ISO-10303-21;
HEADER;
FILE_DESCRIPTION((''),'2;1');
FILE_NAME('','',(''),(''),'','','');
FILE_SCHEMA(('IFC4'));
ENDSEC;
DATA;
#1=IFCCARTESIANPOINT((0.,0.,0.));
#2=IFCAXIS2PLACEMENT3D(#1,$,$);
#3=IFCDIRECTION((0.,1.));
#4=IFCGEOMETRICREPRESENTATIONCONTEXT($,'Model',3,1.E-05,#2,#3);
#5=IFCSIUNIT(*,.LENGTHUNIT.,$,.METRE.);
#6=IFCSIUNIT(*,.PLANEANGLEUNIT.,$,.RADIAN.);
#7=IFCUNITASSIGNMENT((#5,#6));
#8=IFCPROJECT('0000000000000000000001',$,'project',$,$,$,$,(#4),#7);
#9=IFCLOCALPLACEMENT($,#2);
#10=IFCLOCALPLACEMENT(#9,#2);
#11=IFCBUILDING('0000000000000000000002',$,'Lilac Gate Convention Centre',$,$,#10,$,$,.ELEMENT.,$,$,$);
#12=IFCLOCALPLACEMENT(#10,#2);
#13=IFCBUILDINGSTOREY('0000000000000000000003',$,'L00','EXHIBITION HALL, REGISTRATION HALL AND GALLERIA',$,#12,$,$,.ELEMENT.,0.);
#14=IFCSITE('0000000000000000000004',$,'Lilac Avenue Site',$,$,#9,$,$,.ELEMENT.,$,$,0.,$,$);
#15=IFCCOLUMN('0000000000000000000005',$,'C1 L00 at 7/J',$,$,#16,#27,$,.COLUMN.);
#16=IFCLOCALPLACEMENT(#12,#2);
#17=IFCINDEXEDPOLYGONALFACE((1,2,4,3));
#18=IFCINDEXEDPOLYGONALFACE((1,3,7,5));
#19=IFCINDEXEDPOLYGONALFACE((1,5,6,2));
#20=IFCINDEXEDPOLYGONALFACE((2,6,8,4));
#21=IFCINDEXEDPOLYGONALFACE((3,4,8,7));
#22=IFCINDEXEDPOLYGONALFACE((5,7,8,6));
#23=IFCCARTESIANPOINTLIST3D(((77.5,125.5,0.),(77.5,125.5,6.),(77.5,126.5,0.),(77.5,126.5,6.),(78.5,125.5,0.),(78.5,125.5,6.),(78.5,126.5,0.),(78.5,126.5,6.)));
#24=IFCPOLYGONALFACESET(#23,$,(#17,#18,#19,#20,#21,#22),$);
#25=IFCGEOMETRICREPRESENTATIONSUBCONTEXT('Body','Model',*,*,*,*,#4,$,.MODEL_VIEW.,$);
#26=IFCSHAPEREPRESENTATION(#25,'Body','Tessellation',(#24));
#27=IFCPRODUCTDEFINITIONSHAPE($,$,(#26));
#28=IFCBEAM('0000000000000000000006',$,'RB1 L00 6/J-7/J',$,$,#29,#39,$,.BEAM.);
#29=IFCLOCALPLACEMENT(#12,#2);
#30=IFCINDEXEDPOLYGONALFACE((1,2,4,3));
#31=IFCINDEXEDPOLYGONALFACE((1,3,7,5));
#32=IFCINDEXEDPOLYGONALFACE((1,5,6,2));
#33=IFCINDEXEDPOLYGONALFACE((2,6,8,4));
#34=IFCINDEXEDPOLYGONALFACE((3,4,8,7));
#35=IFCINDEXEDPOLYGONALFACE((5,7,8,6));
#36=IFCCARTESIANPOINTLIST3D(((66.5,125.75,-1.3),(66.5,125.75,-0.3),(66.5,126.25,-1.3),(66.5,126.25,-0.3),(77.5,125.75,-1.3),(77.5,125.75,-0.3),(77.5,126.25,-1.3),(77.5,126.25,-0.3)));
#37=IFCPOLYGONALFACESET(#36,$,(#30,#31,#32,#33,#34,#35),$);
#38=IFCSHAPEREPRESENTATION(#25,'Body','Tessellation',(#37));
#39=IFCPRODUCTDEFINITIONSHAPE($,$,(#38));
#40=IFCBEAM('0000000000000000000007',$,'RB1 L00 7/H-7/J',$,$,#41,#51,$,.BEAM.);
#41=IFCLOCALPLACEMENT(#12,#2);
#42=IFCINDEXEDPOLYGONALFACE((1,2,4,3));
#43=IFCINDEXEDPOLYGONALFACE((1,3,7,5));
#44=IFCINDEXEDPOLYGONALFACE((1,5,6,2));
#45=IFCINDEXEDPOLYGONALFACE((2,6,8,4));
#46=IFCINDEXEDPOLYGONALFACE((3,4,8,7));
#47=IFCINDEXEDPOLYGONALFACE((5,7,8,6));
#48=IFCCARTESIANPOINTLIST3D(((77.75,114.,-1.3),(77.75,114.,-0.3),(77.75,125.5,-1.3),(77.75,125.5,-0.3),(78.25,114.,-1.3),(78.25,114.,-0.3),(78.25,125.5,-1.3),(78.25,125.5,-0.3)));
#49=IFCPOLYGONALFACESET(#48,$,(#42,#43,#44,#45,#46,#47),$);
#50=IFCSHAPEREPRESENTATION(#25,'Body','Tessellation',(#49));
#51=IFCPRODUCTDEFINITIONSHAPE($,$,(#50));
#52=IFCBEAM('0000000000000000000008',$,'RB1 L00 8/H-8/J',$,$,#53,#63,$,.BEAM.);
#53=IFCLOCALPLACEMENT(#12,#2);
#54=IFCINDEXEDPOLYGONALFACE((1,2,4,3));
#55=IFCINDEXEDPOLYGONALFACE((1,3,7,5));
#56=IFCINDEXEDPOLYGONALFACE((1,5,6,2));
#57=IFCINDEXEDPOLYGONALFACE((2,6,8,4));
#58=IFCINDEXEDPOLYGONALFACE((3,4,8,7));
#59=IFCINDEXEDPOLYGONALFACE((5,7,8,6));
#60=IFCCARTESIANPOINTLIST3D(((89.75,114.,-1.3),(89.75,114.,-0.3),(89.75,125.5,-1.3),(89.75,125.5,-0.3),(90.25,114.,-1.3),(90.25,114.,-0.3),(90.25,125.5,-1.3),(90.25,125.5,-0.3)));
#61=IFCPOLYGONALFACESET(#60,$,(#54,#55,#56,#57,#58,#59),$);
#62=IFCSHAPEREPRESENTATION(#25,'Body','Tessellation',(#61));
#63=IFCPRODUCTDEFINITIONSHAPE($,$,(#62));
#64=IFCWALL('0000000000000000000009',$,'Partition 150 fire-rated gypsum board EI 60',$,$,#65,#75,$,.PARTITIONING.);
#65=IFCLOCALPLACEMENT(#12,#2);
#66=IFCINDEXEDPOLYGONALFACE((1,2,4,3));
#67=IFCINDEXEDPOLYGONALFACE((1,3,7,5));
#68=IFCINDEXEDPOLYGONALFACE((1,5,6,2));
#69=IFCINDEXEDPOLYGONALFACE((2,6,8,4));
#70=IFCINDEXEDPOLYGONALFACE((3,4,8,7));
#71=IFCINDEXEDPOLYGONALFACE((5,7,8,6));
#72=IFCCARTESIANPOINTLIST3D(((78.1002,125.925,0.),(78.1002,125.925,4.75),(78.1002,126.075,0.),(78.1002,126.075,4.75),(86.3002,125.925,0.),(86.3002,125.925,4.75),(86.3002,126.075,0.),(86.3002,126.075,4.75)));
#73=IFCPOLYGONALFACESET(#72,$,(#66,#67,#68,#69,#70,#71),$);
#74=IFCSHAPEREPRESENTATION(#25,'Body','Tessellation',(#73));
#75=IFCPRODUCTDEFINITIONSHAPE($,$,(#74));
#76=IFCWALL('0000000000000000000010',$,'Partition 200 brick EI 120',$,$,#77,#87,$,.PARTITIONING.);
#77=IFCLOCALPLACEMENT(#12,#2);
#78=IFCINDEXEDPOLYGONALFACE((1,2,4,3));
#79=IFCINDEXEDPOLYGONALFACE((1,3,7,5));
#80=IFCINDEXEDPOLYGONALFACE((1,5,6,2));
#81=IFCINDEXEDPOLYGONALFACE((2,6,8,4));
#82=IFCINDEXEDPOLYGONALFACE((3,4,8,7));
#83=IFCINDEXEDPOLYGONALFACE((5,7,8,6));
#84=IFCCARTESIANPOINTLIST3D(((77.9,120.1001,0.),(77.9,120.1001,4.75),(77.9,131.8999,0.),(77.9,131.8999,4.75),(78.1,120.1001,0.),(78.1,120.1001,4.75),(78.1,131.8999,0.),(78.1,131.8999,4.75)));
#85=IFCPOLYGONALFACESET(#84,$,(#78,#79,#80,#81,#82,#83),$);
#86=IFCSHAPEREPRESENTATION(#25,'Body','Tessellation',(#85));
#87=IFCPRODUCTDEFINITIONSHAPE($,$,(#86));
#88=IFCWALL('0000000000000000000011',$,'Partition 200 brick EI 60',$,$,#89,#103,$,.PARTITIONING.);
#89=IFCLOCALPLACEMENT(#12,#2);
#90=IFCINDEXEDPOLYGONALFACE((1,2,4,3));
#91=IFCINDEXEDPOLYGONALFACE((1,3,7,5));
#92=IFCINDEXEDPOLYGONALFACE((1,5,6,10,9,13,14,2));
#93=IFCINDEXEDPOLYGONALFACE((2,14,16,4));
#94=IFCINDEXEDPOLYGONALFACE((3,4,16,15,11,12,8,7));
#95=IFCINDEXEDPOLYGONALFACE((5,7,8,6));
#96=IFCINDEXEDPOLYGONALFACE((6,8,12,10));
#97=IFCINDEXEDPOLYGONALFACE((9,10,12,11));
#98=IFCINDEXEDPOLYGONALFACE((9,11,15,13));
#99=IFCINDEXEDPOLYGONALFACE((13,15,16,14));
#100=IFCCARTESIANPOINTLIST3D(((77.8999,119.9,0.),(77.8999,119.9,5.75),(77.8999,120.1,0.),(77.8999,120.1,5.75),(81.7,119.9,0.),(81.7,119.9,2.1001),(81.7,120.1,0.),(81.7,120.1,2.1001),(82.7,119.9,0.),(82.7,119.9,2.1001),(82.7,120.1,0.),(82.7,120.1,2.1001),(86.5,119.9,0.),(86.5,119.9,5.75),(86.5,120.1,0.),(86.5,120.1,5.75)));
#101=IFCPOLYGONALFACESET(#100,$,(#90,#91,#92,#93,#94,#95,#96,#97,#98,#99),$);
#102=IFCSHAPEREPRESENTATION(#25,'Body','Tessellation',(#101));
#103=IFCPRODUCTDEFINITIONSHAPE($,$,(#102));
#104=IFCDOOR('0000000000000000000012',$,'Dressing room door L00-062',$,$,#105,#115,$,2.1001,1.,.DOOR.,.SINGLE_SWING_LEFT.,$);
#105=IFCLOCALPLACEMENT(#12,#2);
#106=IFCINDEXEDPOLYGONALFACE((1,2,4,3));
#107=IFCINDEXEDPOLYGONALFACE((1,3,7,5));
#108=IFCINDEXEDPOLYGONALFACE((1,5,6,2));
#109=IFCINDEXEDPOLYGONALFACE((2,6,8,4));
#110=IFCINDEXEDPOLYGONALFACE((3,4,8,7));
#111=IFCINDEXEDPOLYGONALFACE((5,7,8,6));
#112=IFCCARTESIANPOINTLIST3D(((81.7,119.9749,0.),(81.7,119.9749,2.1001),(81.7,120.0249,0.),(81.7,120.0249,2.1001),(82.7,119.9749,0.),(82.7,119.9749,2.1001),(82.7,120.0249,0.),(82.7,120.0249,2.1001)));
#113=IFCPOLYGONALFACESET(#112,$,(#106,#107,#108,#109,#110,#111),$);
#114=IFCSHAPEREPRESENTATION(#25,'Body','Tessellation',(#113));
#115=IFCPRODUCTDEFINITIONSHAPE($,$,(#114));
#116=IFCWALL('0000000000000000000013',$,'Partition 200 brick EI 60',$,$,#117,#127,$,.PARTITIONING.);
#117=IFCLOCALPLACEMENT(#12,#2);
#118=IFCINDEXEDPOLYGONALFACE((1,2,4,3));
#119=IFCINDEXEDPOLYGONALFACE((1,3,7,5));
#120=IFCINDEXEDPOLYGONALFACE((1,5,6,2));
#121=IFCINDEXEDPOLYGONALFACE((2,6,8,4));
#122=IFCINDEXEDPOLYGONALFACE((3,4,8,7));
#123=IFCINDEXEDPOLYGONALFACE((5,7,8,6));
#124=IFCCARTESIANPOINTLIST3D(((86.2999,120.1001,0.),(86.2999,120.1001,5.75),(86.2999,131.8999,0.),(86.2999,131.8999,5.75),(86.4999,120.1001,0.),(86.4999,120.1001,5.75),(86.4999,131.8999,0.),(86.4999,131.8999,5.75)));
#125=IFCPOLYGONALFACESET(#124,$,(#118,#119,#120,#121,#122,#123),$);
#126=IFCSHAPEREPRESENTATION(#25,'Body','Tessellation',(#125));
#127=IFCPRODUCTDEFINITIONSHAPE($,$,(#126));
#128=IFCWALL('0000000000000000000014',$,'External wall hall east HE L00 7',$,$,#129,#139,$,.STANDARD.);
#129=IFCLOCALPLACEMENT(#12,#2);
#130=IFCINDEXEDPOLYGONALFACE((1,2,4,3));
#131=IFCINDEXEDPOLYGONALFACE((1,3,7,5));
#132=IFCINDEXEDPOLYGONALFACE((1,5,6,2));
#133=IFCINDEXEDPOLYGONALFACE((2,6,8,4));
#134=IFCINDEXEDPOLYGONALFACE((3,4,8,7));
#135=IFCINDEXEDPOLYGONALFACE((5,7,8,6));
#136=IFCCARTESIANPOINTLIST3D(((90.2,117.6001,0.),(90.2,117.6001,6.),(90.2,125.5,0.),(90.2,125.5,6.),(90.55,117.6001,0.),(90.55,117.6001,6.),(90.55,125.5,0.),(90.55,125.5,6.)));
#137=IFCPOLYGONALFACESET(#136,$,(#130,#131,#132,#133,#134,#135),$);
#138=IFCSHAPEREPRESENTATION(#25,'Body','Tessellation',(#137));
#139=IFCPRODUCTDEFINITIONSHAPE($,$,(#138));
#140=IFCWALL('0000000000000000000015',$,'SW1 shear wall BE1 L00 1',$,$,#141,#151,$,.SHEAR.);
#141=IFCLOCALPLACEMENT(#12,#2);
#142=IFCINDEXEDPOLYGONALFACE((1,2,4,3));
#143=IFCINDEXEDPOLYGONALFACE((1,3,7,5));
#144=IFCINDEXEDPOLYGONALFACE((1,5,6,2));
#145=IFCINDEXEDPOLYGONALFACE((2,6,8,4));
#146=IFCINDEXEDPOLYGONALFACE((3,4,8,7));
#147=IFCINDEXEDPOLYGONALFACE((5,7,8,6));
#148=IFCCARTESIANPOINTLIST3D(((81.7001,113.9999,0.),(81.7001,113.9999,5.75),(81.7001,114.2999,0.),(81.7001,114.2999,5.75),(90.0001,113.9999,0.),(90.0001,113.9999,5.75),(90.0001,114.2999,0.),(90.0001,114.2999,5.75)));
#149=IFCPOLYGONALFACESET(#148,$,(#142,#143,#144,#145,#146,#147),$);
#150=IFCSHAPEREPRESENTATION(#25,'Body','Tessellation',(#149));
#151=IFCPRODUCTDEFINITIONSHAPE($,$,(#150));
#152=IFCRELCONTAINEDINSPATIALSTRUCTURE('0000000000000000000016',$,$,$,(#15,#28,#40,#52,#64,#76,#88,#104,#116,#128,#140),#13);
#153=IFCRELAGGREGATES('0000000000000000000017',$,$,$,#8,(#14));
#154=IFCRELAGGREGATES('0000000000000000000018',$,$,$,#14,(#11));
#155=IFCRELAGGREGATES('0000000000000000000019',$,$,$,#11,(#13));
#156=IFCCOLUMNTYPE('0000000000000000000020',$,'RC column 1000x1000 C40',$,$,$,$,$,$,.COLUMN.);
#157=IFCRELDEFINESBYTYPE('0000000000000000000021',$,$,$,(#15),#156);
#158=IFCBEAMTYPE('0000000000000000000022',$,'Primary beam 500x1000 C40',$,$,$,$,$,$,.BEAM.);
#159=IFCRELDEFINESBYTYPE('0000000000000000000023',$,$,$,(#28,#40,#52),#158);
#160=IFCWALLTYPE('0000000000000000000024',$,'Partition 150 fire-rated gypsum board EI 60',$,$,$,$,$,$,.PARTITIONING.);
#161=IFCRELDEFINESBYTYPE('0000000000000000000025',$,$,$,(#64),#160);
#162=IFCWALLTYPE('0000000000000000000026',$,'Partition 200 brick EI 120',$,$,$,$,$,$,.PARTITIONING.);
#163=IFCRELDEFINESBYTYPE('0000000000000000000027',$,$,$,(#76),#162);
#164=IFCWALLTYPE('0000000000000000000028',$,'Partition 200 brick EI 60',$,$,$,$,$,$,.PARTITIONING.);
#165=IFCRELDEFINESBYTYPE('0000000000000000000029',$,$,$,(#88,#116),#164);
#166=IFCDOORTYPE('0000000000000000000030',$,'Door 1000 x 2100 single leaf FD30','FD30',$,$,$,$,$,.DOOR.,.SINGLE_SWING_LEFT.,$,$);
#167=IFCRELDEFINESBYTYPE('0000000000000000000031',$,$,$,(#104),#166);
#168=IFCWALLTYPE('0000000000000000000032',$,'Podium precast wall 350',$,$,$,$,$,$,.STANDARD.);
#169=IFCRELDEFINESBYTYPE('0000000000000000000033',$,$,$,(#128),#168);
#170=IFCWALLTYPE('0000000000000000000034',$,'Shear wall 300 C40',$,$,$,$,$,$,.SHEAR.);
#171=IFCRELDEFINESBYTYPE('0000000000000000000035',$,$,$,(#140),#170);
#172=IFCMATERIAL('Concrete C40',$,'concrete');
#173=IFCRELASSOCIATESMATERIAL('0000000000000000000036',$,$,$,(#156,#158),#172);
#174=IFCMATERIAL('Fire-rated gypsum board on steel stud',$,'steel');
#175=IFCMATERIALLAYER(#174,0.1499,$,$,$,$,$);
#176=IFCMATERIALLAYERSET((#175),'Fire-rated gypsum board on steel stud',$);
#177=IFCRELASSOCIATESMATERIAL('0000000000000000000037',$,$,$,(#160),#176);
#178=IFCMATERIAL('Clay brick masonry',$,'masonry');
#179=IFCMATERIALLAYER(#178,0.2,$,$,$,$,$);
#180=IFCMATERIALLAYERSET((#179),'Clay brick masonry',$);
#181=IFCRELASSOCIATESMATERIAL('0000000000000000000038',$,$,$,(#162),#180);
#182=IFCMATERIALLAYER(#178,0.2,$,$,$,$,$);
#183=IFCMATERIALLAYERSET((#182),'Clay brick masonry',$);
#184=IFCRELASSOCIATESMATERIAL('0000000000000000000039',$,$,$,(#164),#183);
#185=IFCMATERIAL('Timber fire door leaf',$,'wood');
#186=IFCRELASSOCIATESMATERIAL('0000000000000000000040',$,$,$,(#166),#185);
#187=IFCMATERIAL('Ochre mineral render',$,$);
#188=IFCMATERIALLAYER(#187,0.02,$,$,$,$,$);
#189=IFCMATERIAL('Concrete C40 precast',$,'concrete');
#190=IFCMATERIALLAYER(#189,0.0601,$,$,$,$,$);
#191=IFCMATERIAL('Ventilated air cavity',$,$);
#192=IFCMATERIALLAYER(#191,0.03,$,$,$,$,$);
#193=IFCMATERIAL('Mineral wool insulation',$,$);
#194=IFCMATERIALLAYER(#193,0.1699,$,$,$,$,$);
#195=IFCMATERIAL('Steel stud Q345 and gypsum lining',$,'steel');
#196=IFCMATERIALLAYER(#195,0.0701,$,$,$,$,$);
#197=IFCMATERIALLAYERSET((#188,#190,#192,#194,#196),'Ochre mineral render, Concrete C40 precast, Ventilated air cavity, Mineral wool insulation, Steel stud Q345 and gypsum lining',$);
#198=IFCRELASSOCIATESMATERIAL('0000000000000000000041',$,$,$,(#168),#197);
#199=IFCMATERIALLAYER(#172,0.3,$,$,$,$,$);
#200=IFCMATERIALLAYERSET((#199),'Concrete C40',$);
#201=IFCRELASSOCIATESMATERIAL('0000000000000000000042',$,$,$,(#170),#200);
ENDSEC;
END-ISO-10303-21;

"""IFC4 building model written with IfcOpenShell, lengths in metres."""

from ifc_helpers import new_model, si_unit, direction, frame, frame_2d, origin, origin_2d, place, context, subcontext, project, spatial, rectangle, extrude, material, layer, layer_set, material_profile, profile_set, type_object, element, fill, save


model = new_model("IFC4")

# Units and contexts
model_context = context("Model", 3, precision=1e-05, world=origin(), true_north=direction((0.0, 1.0)))
body_context = subcontext(model_context, "Body", "Model", "MODEL_VIEW")
ifc_project = project(units=[si_unit("LENGTHUNIT", "METRE"), si_unit("PLANEANGLEUNIT", "RADIAN")], contexts=[model_context])

# Site, building, storey
site_placement = place(None, origin())
site = spatial("IfcSite", under=ifc_project, at=site_placement, Name="Lilac Avenue Site", CompositionType="ELEMENT", RefElevation=0.0)
building_placement = place(site_placement, origin())
building = spatial("IfcBuilding", under=site, at=building_placement, Name="Lilac Gate Convention Centre", CompositionType="ELEMENT")
storey_placement = place(building_placement, origin())
storey = spatial("IfcBuildingStorey", under=building, at=storey_placement, Name="L00", Description="EXHIBITION HALL, REGISTRATION HALL AND GALLERIA", CompositionType="ELEMENT", Elevation=0.0)

# Column
ifc_material_1 = material(Name="Concrete C40", Category="concrete")
ifc_material_profile_1 = material_profile(ifc_material_1, rectangle(XDim=1.0, YDim=1.0, at=origin_2d()), Name="RC 1000x1000")
ifc_profile_set_1 = profile_set([ifc_material_profile_1], Name="Concrete C40")
column_type = type_object("IfcColumnType", Name="RC column 1000x1000 C40", PredefinedType="COLUMN", material=ifc_profile_set_1)
column_placement = place(storey_placement, frame((78.0, 126.0, 0.0), z_axis=(0.0, 0.0, 1.0), x_axis=(1.0, 0.0, 0.0)))
element("IfcColumn", 1, at=column_placement, inside=storey, type_object=column_type, Name="C1 L00 at 7/J", PredefinedType="COLUMN", context=body_context, shape_type="SweptSolid", body=[
    extrude(rectangle(XDim=1.0, YDim=1.0, at=origin_2d()), origin(), (0.0, 0.0, 1.0), 6.0),
])

# Beams
ifc_material_profile_2 = material_profile(ifc_material_1, rectangle(XDim=0.5, YDim=1.0, at=origin_2d()), Name="RC 500x1000")
ifc_profile_set_2 = profile_set([ifc_material_profile_2], Name="Concrete C40")
beam_type = type_object("IfcBeamType", Name="Primary beam 500x1000 C40", PredefinedType="BEAM", material=ifc_profile_set_2)
beam_placement = place(storey_placement, frame((66.5, 126.0, -0.8), z_axis=(1.0, 0.0, 0.0), x_axis=(0.0, 1.0, 0.0)))
element("IfcBeam", 2, at=beam_placement, inside=storey, type_object=beam_type, Name="RB1 L00 6/J-7/J", PredefinedType="BEAM", context=body_context, shape_type="SweptSolid", body=[
    extrude(rectangle(XDim=0.5, YDim=1.0, at=origin_2d()), origin(), (0.0, 0.0, 1.0), 11.0),
])
for number, where, z_axis, x_axis, name in (
    (3, (78.0, 114.0, -0.8), (0.0, 1.0, 0.0), (-1.0, 0.0, 0.0), "RB1 L00 7/H-7/J"),
    (4, (90.0, 114.0, -0.8), (0.0, 1.0, 0.0), (-1.0, 0.0, 0.0), "RB1 L00 8/H-8/J"),
):
    element("IfcBeam", number, at=place(storey_placement, frame(where, z_axis=z_axis, x_axis=x_axis)), inside=storey, type_object=beam_type, Name=name, PredefinedType="BEAM", context=body_context, shape_type="SweptSolid", body=[
        extrude(rectangle(XDim=0.5, YDim=1.0, at=origin_2d()), origin(), (0.0, 0.0, 1.0), 11.5),
    ])

# Walls
ifc_material_2 = material(Name="Fire-rated gypsum board on steel stud", Category="steel")
ifc_layer_1 = layer(ifc_material_2, 0.1499)
ifc_layer_set_1 = layer_set([ifc_layer_1], Name="Fire-rated gypsum board on steel stud")
wall_type_1 = type_object("IfcWallType", Name="Partition 150 fire-rated gypsum board EI 60", PredefinedType="PARTITIONING", material=ifc_layer_set_1)
wall_1_placement = place(storey_placement, frame((78.1001, 126.0, 0.0), z_axis=(0.0, 0.0, 1.0), x_axis=(1.0, 0.0, 0.0)))
element("IfcWall", 5, at=wall_1_placement, inside=storey, type_object=wall_type_1, Name="Partition 150 fire-rated gypsum board EI 60", PredefinedType="PARTITIONING", context=body_context, shape_type="SweptSolid", body=[
    extrude(rectangle(XDim=8.2, YDim=0.1499, at=frame_2d((4.1001, 0.0))), origin(), (0.0, 0.0, 1.0), 4.75),
])
ifc_material_3 = material(Name="Clay brick masonry", Category="masonry")
ifc_layer_2 = layer(ifc_material_3, 0.2)
ifc_layer_set_2 = layer_set([ifc_layer_2], Name="Clay brick masonry")
wall_type_2 = type_object("IfcWallType", Name="Partition 200 brick EI 120", PredefinedType="PARTITIONING", material=ifc_layer_set_2)
wall_2_placement = place(storey_placement, frame((78.0, 120.1001, 0.0), z_axis=(0.0, 0.0, 1.0), x_axis=(0.0, 1.0, 0.0)))
element("IfcWall", 6, at=wall_2_placement, inside=storey, type_object=wall_type_2, Name="Partition 200 brick EI 120", PredefinedType="PARTITIONING", context=body_context, shape_type="SweptSolid", body=[
    extrude(rectangle(XDim=11.7998, YDim=0.2, at=frame_2d((5.8999, 0.0))), origin(), (0.0, 0.0, 1.0), 4.75),
])

# Wall, opening, door
ifc_layer_3 = layer(ifc_material_3, 0.2)
ifc_layer_set_3 = layer_set([ifc_layer_3], Name="Clay brick masonry")
wall_type_3 = type_object("IfcWallType", Name="Partition 200 brick EI 60", PredefinedType="PARTITIONING", material=ifc_layer_set_3)
wall_3_placement = place(storey_placement, frame((77.8999, 120.0, 0.0), z_axis=(0.0, 0.0, 1.0), x_axis=(1.0, 0.0, 0.0)))
wall_3 = element("IfcWall", 7, at=wall_3_placement, inside=storey, type_object=wall_type_3, Name="Partition 200 brick EI 60", PredefinedType="PARTITIONING", context=body_context, shape_type="SweptSolid", body=[
    extrude(rectangle(XDim=8.6001, YDim=0.2, at=frame_2d((4.3, 0.0))), origin(), (0.0, 0.0, 1.0), 5.75),
])
opening_1_placement = place(wall_3_placement, frame((3.8, 0.0, 0.0)))
opening_1 = element("IfcOpeningElement", 8, at=opening_1_placement, cuts=wall_3, PredefinedType="OPENING", context=body_context, shape_type="SweptSolid", body=[
    extrude(rectangle(XDim=1.0, YDim=2.1001, at=frame_2d((0.5, 1.05))), frame((0.0, 0.1099, 0.0), z_axis=(0.0, -1.0, 0.0), x_axis=(1.0, 0.0, 0.0)), (0.0, 0.0, 1.0), 0.22),
])
ifc_material_4 = material(Name="Timber fire door leaf", Category="wood")
door_type_1 = type_object("IfcDoorType", Name="Door 1000 x 2100 single leaf FD30", Description="FD30", OperationType="SINGLE_SWING_LEFT", PredefinedType="DOOR", material=ifc_material_4)
door_1_placement = place(opening_1_placement, origin())
door_1 = element("IfcDoor", 9, at=door_1_placement, inside=storey, type_object=door_type_1, Name="Dressing room door L00-062", OperationType="SINGLE_SWING_LEFT", OverallHeight=2.1001, OverallWidth=1.0, PredefinedType="DOOR", context=body_context, shape_type="SweptSolid", body=[
    extrude(rectangle(XDim=1.0, YDim=2.1001, at=frame_2d((0.5, 1.05))), frame((0.0, 0.0249, 0.0), z_axis=(0.0, -1.0, 0.0), x_axis=(1.0, 0.0, 0.0)), (0.0, 0.0, 1.0), 0.05),
])
fill(opening_1, door_1)

# Walls
wall_4_placement = place(storey_placement, frame((86.3999, 120.1001, 0.0), z_axis=(0.0, 0.0, 1.0), x_axis=(0.0, 1.0, 0.0)))
element("IfcWall", 10, at=wall_4_placement, inside=storey, type_object=wall_type_3, Name="Partition 200 brick EI 60", PredefinedType="PARTITIONING", context=body_context, shape_type="SweptSolid", body=[
    extrude(rectangle(XDim=11.7998, YDim=0.2, at=frame_2d((5.8999, 0.0))), origin(), (0.0, 0.0, 1.0), 5.75),
])
ifc_material_5 = material(Name="Ochre mineral render")
ifc_layer_4 = layer(ifc_material_5, 0.02)
ifc_material_6 = material(Name="Concrete C40 precast", Category="concrete")
ifc_layer_5 = layer(ifc_material_6, 0.0601)
ifc_material_7 = material(Name="Ventilated air cavity")
ifc_layer_6 = layer(ifc_material_7, 0.03)
ifc_material_8 = material(Name="Mineral wool insulation")
ifc_layer_7 = layer(ifc_material_8, 0.1699)
ifc_material_9 = material(Name="Steel stud Q345 and gypsum lining", Category="steel")
ifc_layer_8 = layer(ifc_material_9, 0.0701)
ifc_layer_set_4 = layer_set([ifc_layer_4, ifc_layer_5, ifc_layer_6, ifc_layer_7, ifc_layer_8], Name="Ochre mineral render, Concrete C40 precast, Ventilated air cavity, Mineral wool insulation, Steel stud Q345 and gypsum lining")
wall_type_4 = type_object("IfcWallType", Name="Podium precast wall 350", PredefinedType="STANDARD", material=ifc_layer_set_4)
wall_5_placement = place(storey_placement, frame((90.375, 117.6001, 0.0), z_axis=(0.0, 0.0, 1.0), x_axis=(0.0, 1.0, 0.0)))
element("IfcWall", 11, at=wall_5_placement, inside=storey, type_object=wall_type_4, Name="External wall hall east HE L00 7", PredefinedType="STANDARD", context=body_context, shape_type="SweptSolid", body=[
    extrude(rectangle(XDim=7.8999, YDim=0.3501, at=frame_2d((3.95, 0.0))), origin(), (0.0, 0.0, 1.0), 6.0),
])
ifc_layer_9 = layer(ifc_material_1, 0.3)
ifc_layer_set_5 = layer_set([ifc_layer_9], Name="Concrete C40")
wall_type_5 = type_object("IfcWallType", Name="Shear wall 300 C40", PredefinedType="SHEAR", material=ifc_layer_set_5)
wall_6_placement = place(storey_placement, frame((90.0, 114.1499, 0.0), z_axis=(0.0, 0.0, 1.0), x_axis=(-1.0, 0.0, 0.0)))
element("IfcWall", 12, at=wall_6_placement, inside=storey, type_object=wall_type_5, Name="SW1 shear wall BE1 L00 1", PredefinedType="SHEAR", context=body_context, shape_type="SweptSolid", body=[
    extrude(rectangle(XDim=8.3, YDim=0.3, at=frame_2d((4.1499, 0.0))), origin(), (0.0, 0.0, 1.0), 5.75),
])

save(model, "model.ifc")
